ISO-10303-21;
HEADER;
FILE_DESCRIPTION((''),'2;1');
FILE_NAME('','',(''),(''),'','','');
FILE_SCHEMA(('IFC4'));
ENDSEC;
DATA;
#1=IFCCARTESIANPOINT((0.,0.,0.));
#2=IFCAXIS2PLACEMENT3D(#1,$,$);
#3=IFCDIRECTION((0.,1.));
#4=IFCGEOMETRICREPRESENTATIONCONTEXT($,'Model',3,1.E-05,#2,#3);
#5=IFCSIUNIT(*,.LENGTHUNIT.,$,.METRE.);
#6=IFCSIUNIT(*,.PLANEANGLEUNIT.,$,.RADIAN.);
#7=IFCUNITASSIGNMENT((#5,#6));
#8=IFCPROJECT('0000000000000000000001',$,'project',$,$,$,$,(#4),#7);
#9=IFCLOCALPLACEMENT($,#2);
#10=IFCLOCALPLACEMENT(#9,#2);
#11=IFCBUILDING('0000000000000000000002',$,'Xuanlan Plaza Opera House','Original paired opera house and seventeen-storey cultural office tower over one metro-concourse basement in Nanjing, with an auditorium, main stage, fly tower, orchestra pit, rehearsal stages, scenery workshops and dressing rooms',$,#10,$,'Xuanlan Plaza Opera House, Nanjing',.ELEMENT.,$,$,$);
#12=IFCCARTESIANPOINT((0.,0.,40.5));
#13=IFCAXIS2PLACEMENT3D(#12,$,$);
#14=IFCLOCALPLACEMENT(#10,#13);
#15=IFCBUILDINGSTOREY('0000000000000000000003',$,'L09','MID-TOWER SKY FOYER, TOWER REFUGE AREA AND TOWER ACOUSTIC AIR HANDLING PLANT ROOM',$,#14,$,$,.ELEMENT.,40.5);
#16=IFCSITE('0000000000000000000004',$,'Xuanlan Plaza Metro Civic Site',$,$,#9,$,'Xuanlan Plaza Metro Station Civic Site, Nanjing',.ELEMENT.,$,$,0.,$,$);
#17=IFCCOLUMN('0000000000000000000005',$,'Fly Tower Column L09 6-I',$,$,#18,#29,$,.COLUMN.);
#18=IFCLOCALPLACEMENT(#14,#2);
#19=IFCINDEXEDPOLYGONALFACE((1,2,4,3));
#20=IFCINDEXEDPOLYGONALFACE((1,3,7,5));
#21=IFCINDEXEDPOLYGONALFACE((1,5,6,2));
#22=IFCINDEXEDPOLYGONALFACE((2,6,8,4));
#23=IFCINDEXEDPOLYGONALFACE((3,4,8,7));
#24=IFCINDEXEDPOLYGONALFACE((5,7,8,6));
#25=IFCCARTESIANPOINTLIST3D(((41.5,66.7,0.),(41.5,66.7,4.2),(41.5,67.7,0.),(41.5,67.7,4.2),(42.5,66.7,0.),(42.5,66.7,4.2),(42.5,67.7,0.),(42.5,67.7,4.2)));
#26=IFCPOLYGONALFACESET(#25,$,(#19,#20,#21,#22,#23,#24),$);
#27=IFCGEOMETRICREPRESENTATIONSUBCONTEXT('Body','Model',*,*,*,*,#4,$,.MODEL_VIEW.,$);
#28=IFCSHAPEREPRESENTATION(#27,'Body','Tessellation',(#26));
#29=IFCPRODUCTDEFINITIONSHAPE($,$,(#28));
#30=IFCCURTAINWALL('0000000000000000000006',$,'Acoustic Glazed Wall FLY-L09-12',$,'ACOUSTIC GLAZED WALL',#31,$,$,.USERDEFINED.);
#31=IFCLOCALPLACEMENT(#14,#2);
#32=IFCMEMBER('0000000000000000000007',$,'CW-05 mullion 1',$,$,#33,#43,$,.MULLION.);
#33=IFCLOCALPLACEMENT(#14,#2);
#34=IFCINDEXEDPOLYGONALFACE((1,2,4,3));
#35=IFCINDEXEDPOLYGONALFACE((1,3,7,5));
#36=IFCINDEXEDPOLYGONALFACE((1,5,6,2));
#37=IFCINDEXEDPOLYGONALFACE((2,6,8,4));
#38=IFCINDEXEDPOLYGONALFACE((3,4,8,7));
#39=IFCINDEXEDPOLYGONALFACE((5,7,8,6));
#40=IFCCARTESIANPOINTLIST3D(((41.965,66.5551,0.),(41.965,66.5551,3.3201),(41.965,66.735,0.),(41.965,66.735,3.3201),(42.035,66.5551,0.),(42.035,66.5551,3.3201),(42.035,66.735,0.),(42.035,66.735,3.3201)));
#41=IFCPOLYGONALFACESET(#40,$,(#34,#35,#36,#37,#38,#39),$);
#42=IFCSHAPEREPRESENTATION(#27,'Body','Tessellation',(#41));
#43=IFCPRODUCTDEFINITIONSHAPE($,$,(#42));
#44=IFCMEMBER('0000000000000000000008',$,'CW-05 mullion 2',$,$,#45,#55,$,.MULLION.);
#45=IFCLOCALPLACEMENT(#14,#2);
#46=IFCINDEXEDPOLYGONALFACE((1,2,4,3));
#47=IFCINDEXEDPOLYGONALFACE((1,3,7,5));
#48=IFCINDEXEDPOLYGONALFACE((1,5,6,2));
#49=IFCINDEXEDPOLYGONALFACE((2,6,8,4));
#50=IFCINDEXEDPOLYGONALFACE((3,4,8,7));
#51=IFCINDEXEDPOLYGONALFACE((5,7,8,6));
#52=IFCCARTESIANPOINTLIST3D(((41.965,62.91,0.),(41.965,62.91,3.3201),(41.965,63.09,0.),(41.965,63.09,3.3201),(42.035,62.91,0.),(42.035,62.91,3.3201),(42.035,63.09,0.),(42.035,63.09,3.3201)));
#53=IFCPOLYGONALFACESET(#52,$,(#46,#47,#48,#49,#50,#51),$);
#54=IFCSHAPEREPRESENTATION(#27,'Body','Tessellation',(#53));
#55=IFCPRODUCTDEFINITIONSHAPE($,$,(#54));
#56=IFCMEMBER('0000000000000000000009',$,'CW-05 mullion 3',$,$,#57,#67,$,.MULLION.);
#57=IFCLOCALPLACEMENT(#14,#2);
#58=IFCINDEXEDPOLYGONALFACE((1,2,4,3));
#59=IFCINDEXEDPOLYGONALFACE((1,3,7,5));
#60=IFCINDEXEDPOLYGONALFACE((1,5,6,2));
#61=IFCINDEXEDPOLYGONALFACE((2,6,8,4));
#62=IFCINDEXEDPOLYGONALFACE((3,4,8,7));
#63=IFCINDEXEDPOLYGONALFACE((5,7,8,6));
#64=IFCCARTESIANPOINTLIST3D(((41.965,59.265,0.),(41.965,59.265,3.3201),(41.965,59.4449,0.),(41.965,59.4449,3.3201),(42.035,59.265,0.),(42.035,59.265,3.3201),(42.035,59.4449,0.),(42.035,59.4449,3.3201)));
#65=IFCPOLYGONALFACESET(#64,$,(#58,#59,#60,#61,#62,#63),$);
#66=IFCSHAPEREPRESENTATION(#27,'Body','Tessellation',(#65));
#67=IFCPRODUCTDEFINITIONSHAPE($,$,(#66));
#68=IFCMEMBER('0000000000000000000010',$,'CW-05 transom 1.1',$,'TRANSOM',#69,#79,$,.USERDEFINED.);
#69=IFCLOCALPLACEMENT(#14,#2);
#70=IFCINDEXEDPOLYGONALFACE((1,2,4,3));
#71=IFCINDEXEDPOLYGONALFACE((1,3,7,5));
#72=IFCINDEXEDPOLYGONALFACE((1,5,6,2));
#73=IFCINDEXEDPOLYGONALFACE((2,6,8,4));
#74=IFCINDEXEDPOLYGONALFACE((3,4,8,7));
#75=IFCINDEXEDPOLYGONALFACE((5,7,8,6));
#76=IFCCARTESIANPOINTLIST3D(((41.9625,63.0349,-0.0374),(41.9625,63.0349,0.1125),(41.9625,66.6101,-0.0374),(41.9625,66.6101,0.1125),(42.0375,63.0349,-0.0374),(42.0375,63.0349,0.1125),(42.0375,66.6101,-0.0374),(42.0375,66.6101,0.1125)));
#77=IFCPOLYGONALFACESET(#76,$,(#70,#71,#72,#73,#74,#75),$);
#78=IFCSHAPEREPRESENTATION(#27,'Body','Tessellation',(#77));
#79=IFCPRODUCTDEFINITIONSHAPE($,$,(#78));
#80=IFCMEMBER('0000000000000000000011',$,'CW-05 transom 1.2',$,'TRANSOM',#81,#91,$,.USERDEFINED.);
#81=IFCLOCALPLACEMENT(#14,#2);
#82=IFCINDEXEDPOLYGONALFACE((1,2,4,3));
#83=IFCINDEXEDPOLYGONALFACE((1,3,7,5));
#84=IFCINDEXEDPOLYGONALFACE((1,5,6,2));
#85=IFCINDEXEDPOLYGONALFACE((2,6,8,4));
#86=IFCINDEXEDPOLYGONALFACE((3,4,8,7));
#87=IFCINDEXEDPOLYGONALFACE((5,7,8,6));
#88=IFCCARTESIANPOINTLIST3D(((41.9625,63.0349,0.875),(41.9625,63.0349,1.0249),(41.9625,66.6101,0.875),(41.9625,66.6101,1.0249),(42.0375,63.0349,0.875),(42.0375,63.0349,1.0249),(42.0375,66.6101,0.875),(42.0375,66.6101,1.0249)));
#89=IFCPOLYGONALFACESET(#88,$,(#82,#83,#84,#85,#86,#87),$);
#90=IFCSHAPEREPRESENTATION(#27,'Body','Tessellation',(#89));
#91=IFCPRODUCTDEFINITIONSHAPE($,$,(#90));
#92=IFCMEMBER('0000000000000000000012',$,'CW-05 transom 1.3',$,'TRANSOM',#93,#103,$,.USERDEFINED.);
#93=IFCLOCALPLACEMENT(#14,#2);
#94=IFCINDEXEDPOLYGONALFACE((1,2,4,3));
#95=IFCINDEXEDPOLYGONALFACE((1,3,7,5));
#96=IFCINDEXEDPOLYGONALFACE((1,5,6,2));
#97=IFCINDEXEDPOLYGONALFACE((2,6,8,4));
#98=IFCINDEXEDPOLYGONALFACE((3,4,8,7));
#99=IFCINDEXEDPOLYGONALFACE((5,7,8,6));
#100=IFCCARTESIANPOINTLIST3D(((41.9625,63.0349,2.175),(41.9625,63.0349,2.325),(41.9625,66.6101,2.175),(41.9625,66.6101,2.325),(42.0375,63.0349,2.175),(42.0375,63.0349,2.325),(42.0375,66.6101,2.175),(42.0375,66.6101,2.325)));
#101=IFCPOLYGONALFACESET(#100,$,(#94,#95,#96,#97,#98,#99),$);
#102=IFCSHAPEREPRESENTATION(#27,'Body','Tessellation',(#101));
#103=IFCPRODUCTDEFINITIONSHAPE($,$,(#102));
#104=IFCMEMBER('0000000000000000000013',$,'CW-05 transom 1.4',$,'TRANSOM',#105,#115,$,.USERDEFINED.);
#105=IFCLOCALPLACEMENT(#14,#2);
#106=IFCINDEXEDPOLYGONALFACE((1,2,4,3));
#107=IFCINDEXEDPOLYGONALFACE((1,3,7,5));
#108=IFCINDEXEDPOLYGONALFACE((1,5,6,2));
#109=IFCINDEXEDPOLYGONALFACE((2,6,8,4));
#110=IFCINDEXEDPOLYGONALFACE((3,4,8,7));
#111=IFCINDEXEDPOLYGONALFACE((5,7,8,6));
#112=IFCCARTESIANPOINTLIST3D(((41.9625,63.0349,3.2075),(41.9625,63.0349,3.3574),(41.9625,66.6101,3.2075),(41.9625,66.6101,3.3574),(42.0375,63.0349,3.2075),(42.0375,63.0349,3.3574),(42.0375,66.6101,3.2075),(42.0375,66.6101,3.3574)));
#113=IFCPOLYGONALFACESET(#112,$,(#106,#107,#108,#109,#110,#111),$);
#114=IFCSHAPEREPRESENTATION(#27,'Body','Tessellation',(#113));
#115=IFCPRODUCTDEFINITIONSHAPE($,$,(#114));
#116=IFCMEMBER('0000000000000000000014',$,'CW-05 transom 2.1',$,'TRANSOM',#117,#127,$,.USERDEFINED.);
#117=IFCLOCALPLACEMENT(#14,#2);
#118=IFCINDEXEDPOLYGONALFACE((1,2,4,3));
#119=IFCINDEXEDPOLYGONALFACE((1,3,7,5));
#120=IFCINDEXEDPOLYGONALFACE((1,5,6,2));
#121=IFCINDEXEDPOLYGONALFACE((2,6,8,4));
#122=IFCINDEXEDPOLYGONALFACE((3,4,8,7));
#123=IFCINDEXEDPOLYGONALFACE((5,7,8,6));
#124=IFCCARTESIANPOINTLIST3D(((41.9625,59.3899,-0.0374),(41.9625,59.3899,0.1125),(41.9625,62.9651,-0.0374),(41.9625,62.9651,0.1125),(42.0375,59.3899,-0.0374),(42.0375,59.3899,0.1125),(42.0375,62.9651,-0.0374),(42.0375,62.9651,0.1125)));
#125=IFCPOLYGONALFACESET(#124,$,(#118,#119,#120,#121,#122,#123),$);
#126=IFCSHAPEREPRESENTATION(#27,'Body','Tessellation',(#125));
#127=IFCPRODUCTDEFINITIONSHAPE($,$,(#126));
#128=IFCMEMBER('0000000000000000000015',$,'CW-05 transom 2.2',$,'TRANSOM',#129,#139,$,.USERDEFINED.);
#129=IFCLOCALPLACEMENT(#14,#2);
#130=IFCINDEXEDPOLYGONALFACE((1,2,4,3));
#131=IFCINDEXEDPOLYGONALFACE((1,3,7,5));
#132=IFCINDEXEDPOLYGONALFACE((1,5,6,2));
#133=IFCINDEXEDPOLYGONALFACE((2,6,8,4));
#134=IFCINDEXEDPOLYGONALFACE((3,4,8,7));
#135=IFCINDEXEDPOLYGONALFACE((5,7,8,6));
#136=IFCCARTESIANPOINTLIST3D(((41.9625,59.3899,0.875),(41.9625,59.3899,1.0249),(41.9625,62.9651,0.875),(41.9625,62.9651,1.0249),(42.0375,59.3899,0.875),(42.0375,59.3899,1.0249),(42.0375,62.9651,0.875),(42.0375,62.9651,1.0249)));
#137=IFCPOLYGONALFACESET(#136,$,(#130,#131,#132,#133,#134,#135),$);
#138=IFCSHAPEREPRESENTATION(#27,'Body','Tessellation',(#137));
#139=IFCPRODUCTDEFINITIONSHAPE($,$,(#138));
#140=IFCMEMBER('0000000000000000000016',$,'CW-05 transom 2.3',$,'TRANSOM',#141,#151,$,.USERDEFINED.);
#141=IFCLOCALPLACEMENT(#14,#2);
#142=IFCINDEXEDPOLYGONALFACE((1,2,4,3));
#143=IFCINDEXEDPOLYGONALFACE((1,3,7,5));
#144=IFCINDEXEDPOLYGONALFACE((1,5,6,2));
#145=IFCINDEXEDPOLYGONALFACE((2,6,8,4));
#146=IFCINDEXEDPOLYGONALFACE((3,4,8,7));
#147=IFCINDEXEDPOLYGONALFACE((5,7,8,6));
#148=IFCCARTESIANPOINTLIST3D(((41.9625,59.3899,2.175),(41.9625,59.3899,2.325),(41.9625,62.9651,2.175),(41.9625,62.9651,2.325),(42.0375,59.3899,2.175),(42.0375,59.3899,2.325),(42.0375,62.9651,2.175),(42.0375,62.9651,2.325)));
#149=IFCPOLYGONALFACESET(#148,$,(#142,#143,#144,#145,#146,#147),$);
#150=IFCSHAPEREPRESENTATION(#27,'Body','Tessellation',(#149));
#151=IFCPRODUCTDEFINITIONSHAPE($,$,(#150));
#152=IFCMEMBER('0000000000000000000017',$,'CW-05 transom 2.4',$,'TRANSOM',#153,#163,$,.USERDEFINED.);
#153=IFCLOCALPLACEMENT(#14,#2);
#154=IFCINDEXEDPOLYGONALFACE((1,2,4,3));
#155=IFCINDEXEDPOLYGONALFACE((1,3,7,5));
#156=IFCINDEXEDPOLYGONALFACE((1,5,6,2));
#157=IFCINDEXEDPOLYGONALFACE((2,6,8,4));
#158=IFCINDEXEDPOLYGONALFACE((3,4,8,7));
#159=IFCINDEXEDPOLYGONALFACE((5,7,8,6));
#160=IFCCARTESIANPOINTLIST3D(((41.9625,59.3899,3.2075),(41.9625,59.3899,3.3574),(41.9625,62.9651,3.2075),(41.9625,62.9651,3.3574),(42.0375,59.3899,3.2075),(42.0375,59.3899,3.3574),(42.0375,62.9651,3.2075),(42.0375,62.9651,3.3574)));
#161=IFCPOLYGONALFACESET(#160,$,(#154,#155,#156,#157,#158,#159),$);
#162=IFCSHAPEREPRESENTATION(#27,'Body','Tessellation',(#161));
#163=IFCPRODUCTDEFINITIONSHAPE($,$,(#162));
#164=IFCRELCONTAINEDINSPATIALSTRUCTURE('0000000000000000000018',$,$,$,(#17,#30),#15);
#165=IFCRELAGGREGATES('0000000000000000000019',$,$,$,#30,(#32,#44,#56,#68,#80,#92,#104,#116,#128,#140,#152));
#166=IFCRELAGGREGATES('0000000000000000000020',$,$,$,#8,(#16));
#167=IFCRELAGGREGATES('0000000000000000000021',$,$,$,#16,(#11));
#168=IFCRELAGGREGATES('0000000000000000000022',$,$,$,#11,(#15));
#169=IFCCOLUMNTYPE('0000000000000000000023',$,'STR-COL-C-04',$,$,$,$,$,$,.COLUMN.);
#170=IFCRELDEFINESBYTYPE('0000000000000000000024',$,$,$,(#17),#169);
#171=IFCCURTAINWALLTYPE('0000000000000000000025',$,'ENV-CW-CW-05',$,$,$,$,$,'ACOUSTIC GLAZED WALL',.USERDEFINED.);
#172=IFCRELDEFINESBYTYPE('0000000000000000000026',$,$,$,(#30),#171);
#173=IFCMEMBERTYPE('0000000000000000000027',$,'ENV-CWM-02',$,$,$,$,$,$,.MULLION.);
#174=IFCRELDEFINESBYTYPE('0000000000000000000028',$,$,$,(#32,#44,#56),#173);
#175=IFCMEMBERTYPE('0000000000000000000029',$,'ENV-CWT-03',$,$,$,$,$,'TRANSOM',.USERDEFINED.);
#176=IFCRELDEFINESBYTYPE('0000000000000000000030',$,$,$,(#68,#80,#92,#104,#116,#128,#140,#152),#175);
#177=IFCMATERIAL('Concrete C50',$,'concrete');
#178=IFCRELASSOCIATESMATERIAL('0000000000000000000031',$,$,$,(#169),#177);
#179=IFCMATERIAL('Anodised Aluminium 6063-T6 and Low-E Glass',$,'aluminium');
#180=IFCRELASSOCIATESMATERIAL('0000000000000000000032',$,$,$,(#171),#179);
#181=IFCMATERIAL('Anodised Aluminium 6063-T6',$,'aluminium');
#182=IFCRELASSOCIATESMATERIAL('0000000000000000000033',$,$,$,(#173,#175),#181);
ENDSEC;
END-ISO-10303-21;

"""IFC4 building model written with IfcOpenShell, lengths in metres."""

from ifc_helpers import new_model, si_unit, direction, frame, origin, origin_2d, place, context, subcontext, project, spatial, rectangle, extrude, material, material_profile, profile_set, type_object, element, aggregate, save


model = new_model("IFC4")

# Units and contexts
model_context = context("Model", 3, precision=1e-05, world=origin(), true_north=direction((0.0, 1.0)))
body_context = subcontext(model_context, "Body", "Model", "MODEL_VIEW")
ifc_project = project(units=[si_unit("LENGTHUNIT", "METRE"), si_unit("PLANEANGLEUNIT", "RADIAN")], contexts=[model_context])

# Site, building, storey
site_placement = place(None, origin())
site = spatial("IfcSite", under=ifc_project, at=site_placement, Name="Xuanlan Plaza Metro Civic Site", LongName="Xuanlan Plaza Metro Station Civic Site, Nanjing", CompositionType="ELEMENT", RefElevation=0.0)
building_placement = place(site_placement, origin())
building = spatial("IfcBuilding", under=site, at=building_placement, Name="Xuanlan Plaza Opera House", Description="Original paired opera house and seventeen-storey cultural office tower over one metro-concourse basement in Nanjing, with an auditorium, main stage, fly tower, orchestra pit, rehearsal stages, scenery workshops and dressing rooms", LongName="Xuanlan Plaza Opera House, Nanjing", CompositionType="ELEMENT")
storey_placement = place(building_placement, frame((0.0, 0.0, 40.5)))
storey = spatial("IfcBuildingStorey", under=building, at=storey_placement, Name="L09", Description="MID-TOWER SKY FOYER, TOWER REFUGE AREA AND TOWER ACOUSTIC AIR HANDLING PLANT ROOM", CompositionType="ELEMENT", Elevation=40.5)

# Column
ifc_material_1 = material(Name="Concrete C50", Category="concrete")
ifc_material_profile_1 = material_profile(ifc_material_1, rectangle(XDim=1.0, YDim=1.0, at=origin_2d()), Name="RC-COL 1000x1000")
ifc_profile_set_1 = profile_set([ifc_material_profile_1], Name="Concrete C50")
column_type = type_object("IfcColumnType", Name="STR-COL-C-04", PredefinedType="COLUMN", material=ifc_profile_set_1)
column_placement = place(storey_placement, frame((42.0, 67.2, 0.0), z_axis=(0.0, 0.0, 1.0), x_axis=(1.0, 0.0, 0.0)))
element("IfcColumn", 1, at=column_placement, inside=storey, type_object=column_type, Name="Fly Tower Column L09 6-I", PredefinedType="COLUMN", context=body_context, shape_type="SweptSolid", body=[
    extrude(rectangle(XDim=1.0, YDim=1.0, at=origin_2d()), origin(), (0.0, 0.0, 1.0), 4.2),
])

# Curtain wall, members
ifc_material_2 = material(Name="Anodised Aluminium 6063-T6 and Low-E Glass", Category="aluminium")
curtain_wall_type = type_object("IfcCurtainWallType", Name="ENV-CW-CW-05", ElementType="ACOUSTIC GLAZED WALL", PredefinedType="USERDEFINED", material=ifc_material_2)
curtain_wall_placement = place(storey_placement, origin())
curtain_wall = element("IfcCurtainWall", 2, at=curtain_wall_placement, inside=storey, type_object=curtain_wall_type, Name="Acoustic Glazed Wall FLY-L09-12", ObjectType="ACOUSTIC GLAZED WALL", PredefinedType="USERDEFINED")
ifc_material_3 = material(Name="Anodised Aluminium 6063-T6", Category="aluminium")
ifc_material_profile_2 = material_profile(ifc_material_3, rectangle(XDim=0.0701, YDim=0.1799, at=origin_2d()), Name="ALU-M 70x180")
ifc_profile_set_2 = profile_set([ifc_material_profile_2], Name="Anodised Aluminium 6063-T6")
member_type_1 = type_object("IfcMemberType", Name="ENV-CWM-02", PredefinedType="MULLION", material=ifc_profile_set_2)
member_1_placement = place(storey_placement, frame((42.0, 66.645, 0.0), z_axis=(0.0, 0.0, 1.0), x_axis=(1.0, 0.0, 0.0)))
member_1 = element("IfcMember", 3, at=member_1_placement, type_object=member_type_1, Name="CW-05 mullion 1", PredefinedType="MULLION", context=body_context, shape_type="SweptSolid", body=[
    extrude(rectangle(XDim=0.0701, YDim=0.1799, at=origin_2d()), origin(), (0.0, 0.0, 1.0), 3.3201),
])
member_2_placement = place(storey_placement, frame((42.0, 63.0, 0.0), z_axis=(0.0, 0.0, 1.0), x_axis=(1.0, 0.0, 0.0)))
member_2 = element("IfcMember", 4, at=member_2_placement, type_object=member_type_1, Name="CW-05 mullion 2", PredefinedType="MULLION", context=body_context, shape_type="SweptSolid", body=[
    extrude(rectangle(XDim=0.0701, YDim=0.1799, at=origin_2d()), origin(), (0.0, 0.0, 1.0), 3.3201),
])
member_3_placement = place(storey_placement, frame((42.0, 59.355, 0.0), z_axis=(0.0, 0.0, 1.0), x_axis=(1.0, 0.0, 0.0)))
member_3 = element("IfcMember", 5, at=member_3_placement, type_object=member_type_1, Name="CW-05 mullion 3", PredefinedType="MULLION", context=body_context, shape_type="SweptSolid", body=[
    extrude(rectangle(XDim=0.0701, YDim=0.1799, at=origin_2d()), origin(), (0.0, 0.0, 1.0), 3.3201),
])
ifc_material_profile_3 = material_profile(ifc_material_3, rectangle(XDim=0.075, YDim=0.1499, at=origin_2d()), Name="ALU-T 75x150")
ifc_profile_set_3 = profile_set([ifc_material_profile_3], Name="Anodised Aluminium 6063-T6")
member_type_2 = type_object("IfcMemberType", Name="ENV-CWT-03", ElementType="TRANSOM", PredefinedType="USERDEFINED", material=ifc_profile_set_3)
member_4_placement = place(storey_placement, frame((42.0, 66.6101, 0.0376), z_axis=(0.0, -1.0, 0.0), x_axis=(1.0, 0.0, 0.0)))
member_4 = element("IfcMember", 6, at=member_4_placement, type_object=member_type_2, Name="CW-05 transom 1.1", ObjectType="TRANSOM", PredefinedType="USERDEFINED", context=body_context, shape_type="SweptSolid", body=[
    extrude(rectangle(XDim=0.075, YDim=0.1499, at=origin_2d()), origin(), (0.0, 0.0, 1.0), 3.5752),
])
member_5_placement = place(storey_placement, frame((42.0, 66.6101, 0.95), z_axis=(0.0, -1.0, 0.0), x_axis=(1.0, 0.0, 0.0)))
member_5 = element("IfcMember", 7, at=member_5_placement, type_object=member_type_2, Name="CW-05 transom 1.2", ObjectType="TRANSOM", PredefinedType="USERDEFINED", context=body_context, shape_type="SweptSolid", body=[
    extrude(rectangle(XDim=0.075, YDim=0.1499, at=origin_2d()), origin(), (0.0, 0.0, 1.0), 3.5752),
])
member_6_placement = place(storey_placement, frame((42.0, 66.6101, 2.25), z_axis=(0.0, -1.0, 0.0), x_axis=(1.0, 0.0, 0.0)))
member_6 = element("IfcMember", 8, at=member_6_placement, type_object=member_type_2, Name="CW-05 transom 1.3", ObjectType="TRANSOM", PredefinedType="USERDEFINED", context=body_context, shape_type="SweptSolid", body=[
    extrude(rectangle(XDim=0.075, YDim=0.1499, at=origin_2d()), origin(), (0.0, 0.0, 1.0), 3.5752),
])
member_7_placement = place(storey_placement, frame((42.0, 66.6101, 3.2825), z_axis=(0.0, -1.0, 0.0), x_axis=(1.0, 0.0, 0.0)))
member_7 = element("IfcMember", 9, at=member_7_placement, type_object=member_type_2, Name="CW-05 transom 1.4", ObjectType="TRANSOM", PredefinedType="USERDEFINED", context=body_context, shape_type="SweptSolid", body=[
    extrude(rectangle(XDim=0.075, YDim=0.1499, at=origin_2d()), origin(), (0.0, 0.0, 1.0), 3.5752),
])
member_8_placement = place(storey_placement, frame((42.0, 62.9651, 0.0376), z_axis=(0.0, -1.0, 0.0), x_axis=(1.0, 0.0, 0.0)))
member_8 = element("IfcMember", 10, at=member_8_placement, type_object=member_type_2, Name="CW-05 transom 2.1", ObjectType="TRANSOM", PredefinedType="USERDEFINED", context=body_context, shape_type="SweptSolid", body=[
    extrude(rectangle(XDim=0.075, YDim=0.1499, at=origin_2d()), origin(), (0.0, 0.0, 1.0), 3.5752),
])
member_9_placement = place(storey_placement, frame((42.0, 62.9651, 0.95), z_axis=(0.0, -1.0, 0.0), x_axis=(1.0, 0.0, 0.0)))
member_9 = element("IfcMember", 11, at=member_9_placement, type_object=member_type_2, Name="CW-05 transom 2.2", ObjectType="TRANSOM", PredefinedType="USERDEFINED", context=body_context, shape_type="SweptSolid", body=[
    extrude(rectangle(XDim=0.075, YDim=0.1499, at=origin_2d()), origin(), (0.0, 0.0, 1.0), 3.5752),
])
member_10_placement = place(storey_placement, frame((42.0, 62.9651, 2.25), z_axis=(0.0, -1.0, 0.0), x_axis=(1.0, 0.0, 0.0)))
member_10 = element("IfcMember", 12, at=member_10_placement, type_object=member_type_2, Name="CW-05 transom 2.3", ObjectType="TRANSOM", PredefinedType="USERDEFINED", context=body_context, shape_type="SweptSolid", body=[
    extrude(rectangle(XDim=0.075, YDim=0.1499, at=origin_2d()), origin(), (0.0, 0.0, 1.0), 3.5752),
])
member_11_placement = place(storey_placement, frame((42.0, 62.9651, 3.2825), z_axis=(0.0, -1.0, 0.0), x_axis=(1.0, 0.0, 0.0)))
member_11 = element("IfcMember", 13, at=member_11_placement, type_object=member_type_2, Name="CW-05 transom 2.4", ObjectType="TRANSOM", PredefinedType="USERDEFINED", context=body_context, shape_type="SweptSolid", body=[
    extrude(rectangle(XDim=0.075, YDim=0.1499, at=origin_2d()), origin(), (0.0, 0.0, 1.0), 3.5752),
])

aggregate(curtain_wall, [member_1, member_2, member_3, member_4, member_5, member_6, member_7, member_8, member_9, member_10, member_11])

save(model, "model.ifc")
